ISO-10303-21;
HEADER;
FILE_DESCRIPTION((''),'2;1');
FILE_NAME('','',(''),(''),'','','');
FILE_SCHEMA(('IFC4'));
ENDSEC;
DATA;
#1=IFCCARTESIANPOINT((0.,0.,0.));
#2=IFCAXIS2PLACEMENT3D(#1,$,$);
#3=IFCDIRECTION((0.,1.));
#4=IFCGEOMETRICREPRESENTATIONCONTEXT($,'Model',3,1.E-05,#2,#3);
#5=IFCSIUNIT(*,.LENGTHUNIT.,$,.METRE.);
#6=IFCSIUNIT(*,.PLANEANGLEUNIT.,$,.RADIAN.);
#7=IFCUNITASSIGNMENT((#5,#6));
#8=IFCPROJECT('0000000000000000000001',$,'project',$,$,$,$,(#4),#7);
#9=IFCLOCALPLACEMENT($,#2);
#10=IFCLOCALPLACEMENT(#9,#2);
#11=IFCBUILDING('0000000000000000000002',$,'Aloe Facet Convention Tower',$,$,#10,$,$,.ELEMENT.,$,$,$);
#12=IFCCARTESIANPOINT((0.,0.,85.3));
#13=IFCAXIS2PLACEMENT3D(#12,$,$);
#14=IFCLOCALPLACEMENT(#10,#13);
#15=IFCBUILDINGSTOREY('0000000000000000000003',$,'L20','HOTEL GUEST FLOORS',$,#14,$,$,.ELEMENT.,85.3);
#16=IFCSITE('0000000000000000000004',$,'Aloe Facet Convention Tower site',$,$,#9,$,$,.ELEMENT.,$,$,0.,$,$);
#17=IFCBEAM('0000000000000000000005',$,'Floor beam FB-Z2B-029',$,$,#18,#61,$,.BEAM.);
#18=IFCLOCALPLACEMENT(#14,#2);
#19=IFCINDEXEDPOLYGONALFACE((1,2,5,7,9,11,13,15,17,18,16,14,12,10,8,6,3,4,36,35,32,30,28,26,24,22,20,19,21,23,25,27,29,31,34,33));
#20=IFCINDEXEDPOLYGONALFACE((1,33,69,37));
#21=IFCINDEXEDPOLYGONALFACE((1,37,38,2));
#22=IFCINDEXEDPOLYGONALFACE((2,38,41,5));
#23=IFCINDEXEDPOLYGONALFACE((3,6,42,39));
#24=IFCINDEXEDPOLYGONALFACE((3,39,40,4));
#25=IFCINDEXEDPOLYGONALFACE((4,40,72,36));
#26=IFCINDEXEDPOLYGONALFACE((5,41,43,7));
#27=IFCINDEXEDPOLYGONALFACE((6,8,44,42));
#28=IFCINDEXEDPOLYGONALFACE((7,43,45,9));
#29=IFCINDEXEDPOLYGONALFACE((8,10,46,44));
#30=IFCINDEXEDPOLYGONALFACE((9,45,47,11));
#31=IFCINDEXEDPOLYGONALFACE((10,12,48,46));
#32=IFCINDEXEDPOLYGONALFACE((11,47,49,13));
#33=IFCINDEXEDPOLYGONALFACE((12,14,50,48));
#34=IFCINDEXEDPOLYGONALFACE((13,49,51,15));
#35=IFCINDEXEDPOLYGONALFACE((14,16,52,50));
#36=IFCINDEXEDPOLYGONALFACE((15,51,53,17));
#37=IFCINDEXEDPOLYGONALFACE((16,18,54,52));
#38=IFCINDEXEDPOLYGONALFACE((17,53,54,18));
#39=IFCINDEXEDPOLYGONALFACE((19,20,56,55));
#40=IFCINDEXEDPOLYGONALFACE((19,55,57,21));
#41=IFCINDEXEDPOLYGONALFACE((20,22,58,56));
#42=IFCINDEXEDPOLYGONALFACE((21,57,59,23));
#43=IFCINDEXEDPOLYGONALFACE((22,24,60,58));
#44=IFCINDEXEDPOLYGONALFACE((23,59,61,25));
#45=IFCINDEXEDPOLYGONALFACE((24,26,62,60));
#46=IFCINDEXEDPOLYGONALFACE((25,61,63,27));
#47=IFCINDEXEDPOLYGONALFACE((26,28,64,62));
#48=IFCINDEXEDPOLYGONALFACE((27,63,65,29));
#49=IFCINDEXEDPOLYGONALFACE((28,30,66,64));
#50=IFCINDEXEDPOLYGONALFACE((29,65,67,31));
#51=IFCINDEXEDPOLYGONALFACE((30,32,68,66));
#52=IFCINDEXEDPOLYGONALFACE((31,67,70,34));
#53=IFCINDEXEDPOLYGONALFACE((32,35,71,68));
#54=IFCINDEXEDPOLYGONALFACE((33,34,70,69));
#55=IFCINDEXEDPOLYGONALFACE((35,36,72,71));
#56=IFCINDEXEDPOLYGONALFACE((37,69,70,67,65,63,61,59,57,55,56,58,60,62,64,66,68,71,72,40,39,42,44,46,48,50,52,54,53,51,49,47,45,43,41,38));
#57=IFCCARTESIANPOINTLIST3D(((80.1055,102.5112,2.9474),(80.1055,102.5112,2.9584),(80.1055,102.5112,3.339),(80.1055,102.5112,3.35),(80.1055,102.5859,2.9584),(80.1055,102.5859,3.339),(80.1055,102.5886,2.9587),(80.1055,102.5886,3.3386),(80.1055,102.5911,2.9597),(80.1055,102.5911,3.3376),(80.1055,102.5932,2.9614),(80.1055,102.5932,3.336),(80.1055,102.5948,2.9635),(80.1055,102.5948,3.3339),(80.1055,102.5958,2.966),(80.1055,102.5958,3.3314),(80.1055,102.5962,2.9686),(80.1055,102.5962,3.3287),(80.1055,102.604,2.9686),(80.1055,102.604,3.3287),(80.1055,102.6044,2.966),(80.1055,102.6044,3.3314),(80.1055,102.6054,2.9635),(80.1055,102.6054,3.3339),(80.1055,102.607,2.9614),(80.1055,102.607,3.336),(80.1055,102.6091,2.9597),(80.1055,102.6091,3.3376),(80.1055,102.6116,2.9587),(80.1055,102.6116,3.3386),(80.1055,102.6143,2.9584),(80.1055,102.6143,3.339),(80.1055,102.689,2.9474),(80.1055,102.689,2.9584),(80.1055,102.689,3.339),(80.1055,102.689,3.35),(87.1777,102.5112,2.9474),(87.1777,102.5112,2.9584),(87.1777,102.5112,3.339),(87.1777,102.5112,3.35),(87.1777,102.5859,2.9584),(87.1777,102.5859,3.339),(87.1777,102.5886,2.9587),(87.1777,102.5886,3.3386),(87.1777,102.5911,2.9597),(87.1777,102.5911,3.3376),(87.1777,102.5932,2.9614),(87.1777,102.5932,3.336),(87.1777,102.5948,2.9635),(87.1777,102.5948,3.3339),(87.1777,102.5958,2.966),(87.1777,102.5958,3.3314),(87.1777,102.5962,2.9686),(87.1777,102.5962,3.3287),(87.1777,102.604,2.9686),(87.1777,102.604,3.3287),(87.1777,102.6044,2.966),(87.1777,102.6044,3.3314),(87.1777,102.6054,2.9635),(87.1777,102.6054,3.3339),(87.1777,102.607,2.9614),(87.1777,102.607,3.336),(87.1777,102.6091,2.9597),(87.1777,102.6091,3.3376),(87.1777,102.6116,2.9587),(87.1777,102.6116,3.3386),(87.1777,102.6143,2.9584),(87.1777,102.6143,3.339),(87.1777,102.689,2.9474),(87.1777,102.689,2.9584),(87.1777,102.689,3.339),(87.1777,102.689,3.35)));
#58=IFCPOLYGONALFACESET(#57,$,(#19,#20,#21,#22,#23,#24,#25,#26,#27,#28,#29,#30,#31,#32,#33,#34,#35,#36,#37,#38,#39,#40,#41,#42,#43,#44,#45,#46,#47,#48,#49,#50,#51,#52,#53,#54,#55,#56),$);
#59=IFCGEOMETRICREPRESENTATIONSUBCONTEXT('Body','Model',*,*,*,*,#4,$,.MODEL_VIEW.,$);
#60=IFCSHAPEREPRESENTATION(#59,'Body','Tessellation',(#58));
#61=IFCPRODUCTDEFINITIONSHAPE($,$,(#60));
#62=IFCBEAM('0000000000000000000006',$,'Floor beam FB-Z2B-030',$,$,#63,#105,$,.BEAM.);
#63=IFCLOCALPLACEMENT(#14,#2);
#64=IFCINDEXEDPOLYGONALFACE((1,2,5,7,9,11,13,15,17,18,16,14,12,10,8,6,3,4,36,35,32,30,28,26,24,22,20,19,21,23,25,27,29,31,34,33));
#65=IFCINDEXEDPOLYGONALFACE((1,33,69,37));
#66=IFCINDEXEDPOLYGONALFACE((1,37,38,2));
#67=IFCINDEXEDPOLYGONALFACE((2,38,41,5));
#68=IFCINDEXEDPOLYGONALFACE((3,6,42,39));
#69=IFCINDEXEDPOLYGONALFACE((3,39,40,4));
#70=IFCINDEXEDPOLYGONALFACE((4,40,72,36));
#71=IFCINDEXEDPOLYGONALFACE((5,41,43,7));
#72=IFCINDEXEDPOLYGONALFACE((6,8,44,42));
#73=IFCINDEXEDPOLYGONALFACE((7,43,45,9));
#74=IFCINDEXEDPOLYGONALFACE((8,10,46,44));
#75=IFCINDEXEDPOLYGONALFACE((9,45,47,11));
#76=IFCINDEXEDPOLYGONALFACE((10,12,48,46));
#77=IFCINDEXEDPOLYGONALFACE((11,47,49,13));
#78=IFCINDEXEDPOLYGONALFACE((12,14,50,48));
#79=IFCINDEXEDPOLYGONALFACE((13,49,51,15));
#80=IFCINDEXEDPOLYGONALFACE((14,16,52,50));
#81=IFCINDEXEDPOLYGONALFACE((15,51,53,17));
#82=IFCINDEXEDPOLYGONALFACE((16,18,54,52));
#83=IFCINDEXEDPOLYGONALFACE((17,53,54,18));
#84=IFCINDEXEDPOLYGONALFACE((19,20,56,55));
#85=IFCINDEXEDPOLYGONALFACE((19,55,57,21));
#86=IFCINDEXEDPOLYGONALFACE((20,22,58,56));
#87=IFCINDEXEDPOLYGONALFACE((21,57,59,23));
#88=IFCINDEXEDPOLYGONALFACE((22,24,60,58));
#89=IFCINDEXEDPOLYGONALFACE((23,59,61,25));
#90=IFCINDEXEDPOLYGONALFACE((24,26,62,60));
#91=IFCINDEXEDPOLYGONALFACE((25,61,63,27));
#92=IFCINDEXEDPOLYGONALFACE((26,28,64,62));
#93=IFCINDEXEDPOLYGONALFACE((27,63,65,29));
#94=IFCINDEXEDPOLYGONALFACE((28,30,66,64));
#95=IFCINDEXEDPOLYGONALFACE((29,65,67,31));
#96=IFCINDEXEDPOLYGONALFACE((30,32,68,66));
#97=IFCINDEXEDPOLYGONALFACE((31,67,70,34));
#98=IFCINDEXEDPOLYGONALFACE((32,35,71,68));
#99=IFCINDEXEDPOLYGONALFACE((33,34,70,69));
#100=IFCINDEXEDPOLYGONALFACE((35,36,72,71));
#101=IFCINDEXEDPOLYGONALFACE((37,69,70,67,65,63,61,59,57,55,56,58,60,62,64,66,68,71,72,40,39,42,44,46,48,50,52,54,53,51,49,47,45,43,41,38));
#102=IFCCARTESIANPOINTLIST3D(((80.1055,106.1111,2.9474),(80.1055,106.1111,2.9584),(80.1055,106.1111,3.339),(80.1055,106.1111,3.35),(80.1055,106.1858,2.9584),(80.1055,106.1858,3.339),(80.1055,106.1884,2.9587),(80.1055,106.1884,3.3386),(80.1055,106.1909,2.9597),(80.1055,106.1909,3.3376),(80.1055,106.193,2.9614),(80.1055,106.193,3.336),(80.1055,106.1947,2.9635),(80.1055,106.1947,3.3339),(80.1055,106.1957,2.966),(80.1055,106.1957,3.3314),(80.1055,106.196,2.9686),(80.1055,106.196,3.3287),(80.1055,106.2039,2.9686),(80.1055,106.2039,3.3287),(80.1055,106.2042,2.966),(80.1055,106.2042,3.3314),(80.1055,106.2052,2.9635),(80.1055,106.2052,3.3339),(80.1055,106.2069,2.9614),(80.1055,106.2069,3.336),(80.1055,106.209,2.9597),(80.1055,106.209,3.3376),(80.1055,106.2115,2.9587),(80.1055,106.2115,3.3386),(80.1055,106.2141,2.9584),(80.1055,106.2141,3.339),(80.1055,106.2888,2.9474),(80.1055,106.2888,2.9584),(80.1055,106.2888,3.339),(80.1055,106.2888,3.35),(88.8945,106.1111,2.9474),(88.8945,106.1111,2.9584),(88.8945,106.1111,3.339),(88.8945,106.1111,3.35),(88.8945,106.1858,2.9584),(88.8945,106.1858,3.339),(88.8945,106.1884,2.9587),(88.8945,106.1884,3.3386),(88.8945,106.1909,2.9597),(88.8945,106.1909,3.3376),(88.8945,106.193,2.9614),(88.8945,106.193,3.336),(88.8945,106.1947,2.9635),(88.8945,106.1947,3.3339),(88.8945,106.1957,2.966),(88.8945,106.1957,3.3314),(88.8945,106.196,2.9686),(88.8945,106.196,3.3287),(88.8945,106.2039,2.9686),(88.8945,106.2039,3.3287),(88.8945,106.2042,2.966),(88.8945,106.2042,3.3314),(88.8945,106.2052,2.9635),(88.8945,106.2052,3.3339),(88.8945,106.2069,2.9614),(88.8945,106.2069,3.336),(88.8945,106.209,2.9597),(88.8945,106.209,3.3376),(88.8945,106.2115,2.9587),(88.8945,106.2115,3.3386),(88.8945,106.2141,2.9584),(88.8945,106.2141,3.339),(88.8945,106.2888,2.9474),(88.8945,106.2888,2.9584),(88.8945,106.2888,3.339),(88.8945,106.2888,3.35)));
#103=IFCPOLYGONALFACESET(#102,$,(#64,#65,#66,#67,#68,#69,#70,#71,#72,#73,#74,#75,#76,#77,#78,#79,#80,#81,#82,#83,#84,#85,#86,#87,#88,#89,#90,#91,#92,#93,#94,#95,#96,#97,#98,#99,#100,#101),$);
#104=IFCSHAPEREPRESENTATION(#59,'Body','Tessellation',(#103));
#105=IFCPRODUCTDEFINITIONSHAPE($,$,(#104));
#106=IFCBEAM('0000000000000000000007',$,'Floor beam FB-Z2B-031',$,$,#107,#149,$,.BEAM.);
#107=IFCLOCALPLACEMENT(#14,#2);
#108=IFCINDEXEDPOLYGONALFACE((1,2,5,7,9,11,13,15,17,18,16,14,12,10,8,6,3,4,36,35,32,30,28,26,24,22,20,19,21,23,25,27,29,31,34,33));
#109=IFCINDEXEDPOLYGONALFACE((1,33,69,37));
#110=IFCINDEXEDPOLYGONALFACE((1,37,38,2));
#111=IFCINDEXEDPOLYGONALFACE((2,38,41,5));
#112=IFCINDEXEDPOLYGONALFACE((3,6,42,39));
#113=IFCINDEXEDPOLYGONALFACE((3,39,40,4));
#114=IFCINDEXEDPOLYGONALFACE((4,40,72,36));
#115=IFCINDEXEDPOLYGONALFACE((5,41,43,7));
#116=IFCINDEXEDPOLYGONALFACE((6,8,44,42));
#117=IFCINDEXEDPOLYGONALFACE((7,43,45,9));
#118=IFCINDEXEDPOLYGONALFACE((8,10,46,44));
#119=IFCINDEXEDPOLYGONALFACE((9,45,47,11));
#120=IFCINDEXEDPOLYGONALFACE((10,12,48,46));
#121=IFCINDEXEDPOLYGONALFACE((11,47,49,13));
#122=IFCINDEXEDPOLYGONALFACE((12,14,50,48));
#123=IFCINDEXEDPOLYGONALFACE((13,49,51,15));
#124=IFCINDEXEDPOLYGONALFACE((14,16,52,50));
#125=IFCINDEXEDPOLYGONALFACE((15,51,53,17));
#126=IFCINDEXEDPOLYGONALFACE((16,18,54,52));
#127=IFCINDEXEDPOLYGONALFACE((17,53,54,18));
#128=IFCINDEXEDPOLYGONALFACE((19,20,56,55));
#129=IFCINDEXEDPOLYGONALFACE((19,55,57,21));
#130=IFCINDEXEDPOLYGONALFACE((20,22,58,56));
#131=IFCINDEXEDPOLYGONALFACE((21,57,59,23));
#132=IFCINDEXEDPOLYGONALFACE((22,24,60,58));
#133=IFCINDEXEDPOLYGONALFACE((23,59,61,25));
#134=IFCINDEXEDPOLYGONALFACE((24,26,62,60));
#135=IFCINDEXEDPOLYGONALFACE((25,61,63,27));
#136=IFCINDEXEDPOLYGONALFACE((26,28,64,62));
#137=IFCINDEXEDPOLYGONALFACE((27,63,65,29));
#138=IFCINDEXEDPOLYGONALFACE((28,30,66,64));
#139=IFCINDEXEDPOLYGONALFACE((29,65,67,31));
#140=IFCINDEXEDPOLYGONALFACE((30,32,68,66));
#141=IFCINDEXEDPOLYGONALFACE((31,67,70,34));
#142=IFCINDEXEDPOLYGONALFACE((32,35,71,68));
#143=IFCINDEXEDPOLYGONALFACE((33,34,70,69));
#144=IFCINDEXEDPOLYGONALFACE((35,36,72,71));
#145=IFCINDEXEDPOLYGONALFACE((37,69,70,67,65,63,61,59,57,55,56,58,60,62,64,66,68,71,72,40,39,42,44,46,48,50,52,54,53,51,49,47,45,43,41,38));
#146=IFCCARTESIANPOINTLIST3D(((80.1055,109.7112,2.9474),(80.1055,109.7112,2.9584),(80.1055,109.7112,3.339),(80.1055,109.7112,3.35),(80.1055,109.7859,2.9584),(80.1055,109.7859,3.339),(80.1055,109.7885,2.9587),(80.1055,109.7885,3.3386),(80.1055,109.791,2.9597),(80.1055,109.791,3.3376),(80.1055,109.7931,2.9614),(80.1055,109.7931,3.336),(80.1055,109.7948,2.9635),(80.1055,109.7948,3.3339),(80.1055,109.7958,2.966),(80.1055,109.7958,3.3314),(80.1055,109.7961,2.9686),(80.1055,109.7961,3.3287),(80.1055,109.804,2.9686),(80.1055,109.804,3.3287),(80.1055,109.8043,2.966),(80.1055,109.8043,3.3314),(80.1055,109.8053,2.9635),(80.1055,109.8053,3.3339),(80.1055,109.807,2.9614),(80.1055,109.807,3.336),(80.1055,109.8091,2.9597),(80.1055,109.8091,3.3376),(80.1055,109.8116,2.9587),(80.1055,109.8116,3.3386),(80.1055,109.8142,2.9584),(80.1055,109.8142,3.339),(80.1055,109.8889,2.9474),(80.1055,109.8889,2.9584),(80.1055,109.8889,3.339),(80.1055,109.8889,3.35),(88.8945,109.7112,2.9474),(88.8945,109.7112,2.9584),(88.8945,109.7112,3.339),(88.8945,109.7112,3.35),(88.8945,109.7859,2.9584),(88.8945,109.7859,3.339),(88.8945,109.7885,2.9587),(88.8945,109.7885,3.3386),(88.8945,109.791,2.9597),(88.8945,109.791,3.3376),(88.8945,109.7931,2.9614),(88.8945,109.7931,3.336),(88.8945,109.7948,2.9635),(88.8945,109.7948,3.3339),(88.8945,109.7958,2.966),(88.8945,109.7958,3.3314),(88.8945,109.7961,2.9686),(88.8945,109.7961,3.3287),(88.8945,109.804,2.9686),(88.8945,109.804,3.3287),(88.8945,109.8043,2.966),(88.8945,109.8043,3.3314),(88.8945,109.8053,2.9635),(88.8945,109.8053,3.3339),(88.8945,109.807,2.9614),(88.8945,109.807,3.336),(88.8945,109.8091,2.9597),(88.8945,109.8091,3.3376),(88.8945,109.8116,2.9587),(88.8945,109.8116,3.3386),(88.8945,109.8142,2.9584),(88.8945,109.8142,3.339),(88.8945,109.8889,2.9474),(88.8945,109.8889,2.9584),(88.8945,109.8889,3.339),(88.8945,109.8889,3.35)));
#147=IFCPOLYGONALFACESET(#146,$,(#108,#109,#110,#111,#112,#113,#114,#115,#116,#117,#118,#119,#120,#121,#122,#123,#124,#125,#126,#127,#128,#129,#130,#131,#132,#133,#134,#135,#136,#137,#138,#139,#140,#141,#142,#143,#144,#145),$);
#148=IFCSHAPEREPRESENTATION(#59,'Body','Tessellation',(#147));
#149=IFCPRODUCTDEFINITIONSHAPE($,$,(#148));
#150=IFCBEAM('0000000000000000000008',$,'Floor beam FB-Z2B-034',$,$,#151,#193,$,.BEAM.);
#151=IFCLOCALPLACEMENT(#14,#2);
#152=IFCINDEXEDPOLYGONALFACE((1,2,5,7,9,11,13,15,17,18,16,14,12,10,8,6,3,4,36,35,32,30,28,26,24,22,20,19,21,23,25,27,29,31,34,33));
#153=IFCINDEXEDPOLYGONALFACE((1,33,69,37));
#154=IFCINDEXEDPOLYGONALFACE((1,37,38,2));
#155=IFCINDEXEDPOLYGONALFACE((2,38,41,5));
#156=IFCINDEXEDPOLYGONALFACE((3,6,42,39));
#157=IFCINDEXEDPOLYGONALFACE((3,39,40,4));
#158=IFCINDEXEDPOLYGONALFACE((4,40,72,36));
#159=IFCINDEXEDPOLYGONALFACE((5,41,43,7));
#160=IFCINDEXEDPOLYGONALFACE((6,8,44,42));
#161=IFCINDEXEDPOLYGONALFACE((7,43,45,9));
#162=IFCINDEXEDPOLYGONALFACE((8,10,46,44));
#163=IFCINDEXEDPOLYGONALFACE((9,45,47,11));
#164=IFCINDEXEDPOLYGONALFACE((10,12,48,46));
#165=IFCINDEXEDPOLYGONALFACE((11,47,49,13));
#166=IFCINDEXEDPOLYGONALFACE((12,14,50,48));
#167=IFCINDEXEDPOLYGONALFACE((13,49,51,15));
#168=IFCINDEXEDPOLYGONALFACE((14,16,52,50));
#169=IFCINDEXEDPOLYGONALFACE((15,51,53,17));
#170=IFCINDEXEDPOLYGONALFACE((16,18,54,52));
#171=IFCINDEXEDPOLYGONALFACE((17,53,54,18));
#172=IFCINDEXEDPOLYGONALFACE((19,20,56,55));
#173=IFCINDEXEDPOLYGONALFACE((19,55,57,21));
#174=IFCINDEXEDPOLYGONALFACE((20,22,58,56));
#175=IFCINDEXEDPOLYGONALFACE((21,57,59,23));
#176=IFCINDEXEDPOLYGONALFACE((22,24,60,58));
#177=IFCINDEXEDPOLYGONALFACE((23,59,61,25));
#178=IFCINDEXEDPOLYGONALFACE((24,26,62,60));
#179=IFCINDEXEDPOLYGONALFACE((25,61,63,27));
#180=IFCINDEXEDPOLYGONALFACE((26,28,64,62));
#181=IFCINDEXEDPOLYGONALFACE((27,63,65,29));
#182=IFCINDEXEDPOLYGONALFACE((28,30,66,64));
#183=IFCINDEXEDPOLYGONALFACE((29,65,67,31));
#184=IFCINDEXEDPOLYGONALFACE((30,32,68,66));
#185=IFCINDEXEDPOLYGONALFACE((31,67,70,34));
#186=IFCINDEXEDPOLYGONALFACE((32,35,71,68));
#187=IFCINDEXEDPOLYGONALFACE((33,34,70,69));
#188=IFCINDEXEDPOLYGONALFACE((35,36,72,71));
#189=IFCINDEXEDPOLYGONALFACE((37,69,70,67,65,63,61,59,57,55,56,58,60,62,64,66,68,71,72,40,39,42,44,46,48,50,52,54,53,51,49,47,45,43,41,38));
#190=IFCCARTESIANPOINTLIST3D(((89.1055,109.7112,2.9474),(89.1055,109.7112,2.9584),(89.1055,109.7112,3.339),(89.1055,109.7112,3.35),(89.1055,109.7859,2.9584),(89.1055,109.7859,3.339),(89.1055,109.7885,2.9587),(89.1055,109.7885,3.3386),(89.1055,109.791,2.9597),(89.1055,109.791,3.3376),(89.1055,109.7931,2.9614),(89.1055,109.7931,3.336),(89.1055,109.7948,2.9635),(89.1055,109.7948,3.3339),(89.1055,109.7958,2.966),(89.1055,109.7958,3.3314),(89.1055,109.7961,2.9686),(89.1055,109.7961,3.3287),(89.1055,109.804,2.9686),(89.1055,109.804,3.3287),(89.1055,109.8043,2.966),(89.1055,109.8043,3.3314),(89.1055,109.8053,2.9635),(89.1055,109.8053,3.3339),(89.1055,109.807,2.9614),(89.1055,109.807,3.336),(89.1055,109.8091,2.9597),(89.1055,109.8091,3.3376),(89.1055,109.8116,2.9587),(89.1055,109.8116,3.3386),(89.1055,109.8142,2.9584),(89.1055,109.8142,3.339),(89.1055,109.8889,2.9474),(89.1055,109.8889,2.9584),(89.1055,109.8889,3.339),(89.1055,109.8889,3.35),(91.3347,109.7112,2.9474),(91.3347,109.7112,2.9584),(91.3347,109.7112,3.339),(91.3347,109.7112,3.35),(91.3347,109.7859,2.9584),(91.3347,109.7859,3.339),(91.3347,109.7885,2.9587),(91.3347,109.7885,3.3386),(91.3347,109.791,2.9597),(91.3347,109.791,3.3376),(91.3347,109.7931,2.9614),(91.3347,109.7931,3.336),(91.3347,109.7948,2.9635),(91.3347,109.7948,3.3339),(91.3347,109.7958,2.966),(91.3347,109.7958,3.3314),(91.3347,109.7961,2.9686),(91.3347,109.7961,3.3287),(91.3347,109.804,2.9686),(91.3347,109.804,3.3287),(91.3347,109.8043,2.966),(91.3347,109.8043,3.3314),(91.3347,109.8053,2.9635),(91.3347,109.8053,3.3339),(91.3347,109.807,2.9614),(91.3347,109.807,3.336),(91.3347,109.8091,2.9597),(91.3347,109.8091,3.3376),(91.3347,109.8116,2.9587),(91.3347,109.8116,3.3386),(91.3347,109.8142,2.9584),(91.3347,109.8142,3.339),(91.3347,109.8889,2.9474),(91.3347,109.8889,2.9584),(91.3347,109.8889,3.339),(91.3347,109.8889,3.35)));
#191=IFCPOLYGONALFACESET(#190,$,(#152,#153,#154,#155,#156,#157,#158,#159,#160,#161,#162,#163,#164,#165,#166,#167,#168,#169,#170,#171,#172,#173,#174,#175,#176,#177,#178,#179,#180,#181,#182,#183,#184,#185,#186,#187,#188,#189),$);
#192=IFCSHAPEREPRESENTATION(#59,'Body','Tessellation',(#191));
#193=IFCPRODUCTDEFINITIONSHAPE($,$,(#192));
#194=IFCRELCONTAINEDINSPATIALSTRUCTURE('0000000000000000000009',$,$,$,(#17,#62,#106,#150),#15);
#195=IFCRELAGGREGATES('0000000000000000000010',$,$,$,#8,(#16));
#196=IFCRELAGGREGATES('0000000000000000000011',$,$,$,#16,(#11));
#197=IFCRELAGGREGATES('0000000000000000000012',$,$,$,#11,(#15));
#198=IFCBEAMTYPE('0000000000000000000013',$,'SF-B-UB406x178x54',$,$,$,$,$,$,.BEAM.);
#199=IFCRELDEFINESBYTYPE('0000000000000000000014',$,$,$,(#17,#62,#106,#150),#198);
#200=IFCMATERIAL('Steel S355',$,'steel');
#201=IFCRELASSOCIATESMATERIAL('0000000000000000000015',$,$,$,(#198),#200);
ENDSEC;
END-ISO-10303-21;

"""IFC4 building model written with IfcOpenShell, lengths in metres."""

from ifc_helpers import new_model, si_unit, direction, frame, origin, origin_2d, place, context, subcontext, project, spatial, i_section, extrude, material, material_profile, profile_set, type_object, element, save


model = new_model("IFC4")

# Units and contexts
model_context = context("Model", 3, precision=1e-05, world=origin(), true_north=direction((0.0, 1.0)))
body_context = subcontext(model_context, "Body", "Model", "MODEL_VIEW")
ifc_project = project(units=[si_unit("LENGTHUNIT", "METRE"), si_unit("PLANEANGLEUNIT", "RADIAN")], contexts=[model_context])

# Site, building, storey
site_placement = place(None, origin())
site = spatial("IfcSite", under=ifc_project, at=site_placement, Name="Aloe Facet Convention Tower site", CompositionType="ELEMENT", RefElevation=0.0)
building_placement = place(site_placement, origin())
building = spatial("IfcBuilding", under=site, at=building_placement, Name="Aloe Facet Convention Tower", CompositionType="ELEMENT")
storey_placement = place(building_placement, frame((0.0, 0.0, 85.3)))
storey = spatial("IfcBuildingStorey", under=building, at=storey_placement, Name="L20", Description="HOTEL GUEST FLOORS", CompositionType="ELEMENT", Elevation=85.3)

# Beams
ifc_material_1 = material(Name="Steel S355", Category="steel")
ifc_material_profile_1 = material_profile(ifc_material_1, i_section(OverallWidth=0.1777, OverallDepth=0.4026, WebThickness=0.0078, FlangeThickness=0.011, FilletRadius=0.0103, at=origin_2d()), Name="UB 406x178x54")
ifc_profile_set_1 = profile_set([ifc_material_profile_1], Name="Steel S355")
beam_type_1 = type_object("IfcBeamType", Name="SF-B-UB406x178x54", PredefinedType="BEAM", material=ifc_profile_set_1)
beam_1_placement = place(storey_placement, frame((80.1055, 102.6001, 3.1487), z_axis=(1.0, 0.0, 0.0), x_axis=(0.0, 1.0, 0.0)))
element("IfcBeam", 1, at=beam_1_placement, inside=storey, type_object=beam_type_1, Name="Floor beam FB-Z2B-029", PredefinedType="BEAM", context=body_context, shape_type="SweptSolid", body=[
    extrude(i_section(OverallWidth=0.1777, OverallDepth=0.4026, WebThickness=0.0078, FlangeThickness=0.011, FilletRadius=0.0103, at=origin_2d()), origin(), (0.0, 0.0, 1.0), 7.0723),
])
for number, where, z_axis, x_axis, name in (
    (2, (80.1055, 106.2, 3.1487), (1.0, 0.0, 0.0), (0.0, 1.0, 0.0), "Floor beam FB-Z2B-030"),
    (3, (80.1055, 109.8, 3.1487), (1.0, 0.0, 0.0), (0.0, 1.0, 0.0), "Floor beam FB-Z2B-031"),
):
    element("IfcBeam", number, at=place(storey_placement, frame(where, z_axis=z_axis, x_axis=x_axis)), inside=storey, type_object=beam_type_1, Name=name, PredefinedType="BEAM", context=body_context, shape_type="SweptSolid", body=[
        extrude(i_section(OverallWidth=0.1777, OverallDepth=0.4026, WebThickness=0.0078, FlangeThickness=0.011, FilletRadius=0.0103, at=origin_2d()), origin(), (0.0, 0.0, 1.0), 8.7891),
    ])
beam_2_placement = place(storey_placement, frame((89.1055, 109.8, 3.1487), z_axis=(1.0, 0.0, 0.0), x_axis=(0.0, 1.0, 0.0)))
element("IfcBeam", 4, at=beam_2_placement, inside=storey, type_object=beam_type_1, Name="Floor beam FB-Z2B-034", PredefinedType="BEAM", context=body_context, shape_type="SweptSolid", body=[
    extrude(i_section(OverallWidth=0.1777, OverallDepth=0.4026, WebThickness=0.0078, FlangeThickness=0.011, FilletRadius=0.0103, at=origin_2d()), origin(), (0.0, 0.0, 1.0), 2.2292),
])

save(model, "model.ifc")
